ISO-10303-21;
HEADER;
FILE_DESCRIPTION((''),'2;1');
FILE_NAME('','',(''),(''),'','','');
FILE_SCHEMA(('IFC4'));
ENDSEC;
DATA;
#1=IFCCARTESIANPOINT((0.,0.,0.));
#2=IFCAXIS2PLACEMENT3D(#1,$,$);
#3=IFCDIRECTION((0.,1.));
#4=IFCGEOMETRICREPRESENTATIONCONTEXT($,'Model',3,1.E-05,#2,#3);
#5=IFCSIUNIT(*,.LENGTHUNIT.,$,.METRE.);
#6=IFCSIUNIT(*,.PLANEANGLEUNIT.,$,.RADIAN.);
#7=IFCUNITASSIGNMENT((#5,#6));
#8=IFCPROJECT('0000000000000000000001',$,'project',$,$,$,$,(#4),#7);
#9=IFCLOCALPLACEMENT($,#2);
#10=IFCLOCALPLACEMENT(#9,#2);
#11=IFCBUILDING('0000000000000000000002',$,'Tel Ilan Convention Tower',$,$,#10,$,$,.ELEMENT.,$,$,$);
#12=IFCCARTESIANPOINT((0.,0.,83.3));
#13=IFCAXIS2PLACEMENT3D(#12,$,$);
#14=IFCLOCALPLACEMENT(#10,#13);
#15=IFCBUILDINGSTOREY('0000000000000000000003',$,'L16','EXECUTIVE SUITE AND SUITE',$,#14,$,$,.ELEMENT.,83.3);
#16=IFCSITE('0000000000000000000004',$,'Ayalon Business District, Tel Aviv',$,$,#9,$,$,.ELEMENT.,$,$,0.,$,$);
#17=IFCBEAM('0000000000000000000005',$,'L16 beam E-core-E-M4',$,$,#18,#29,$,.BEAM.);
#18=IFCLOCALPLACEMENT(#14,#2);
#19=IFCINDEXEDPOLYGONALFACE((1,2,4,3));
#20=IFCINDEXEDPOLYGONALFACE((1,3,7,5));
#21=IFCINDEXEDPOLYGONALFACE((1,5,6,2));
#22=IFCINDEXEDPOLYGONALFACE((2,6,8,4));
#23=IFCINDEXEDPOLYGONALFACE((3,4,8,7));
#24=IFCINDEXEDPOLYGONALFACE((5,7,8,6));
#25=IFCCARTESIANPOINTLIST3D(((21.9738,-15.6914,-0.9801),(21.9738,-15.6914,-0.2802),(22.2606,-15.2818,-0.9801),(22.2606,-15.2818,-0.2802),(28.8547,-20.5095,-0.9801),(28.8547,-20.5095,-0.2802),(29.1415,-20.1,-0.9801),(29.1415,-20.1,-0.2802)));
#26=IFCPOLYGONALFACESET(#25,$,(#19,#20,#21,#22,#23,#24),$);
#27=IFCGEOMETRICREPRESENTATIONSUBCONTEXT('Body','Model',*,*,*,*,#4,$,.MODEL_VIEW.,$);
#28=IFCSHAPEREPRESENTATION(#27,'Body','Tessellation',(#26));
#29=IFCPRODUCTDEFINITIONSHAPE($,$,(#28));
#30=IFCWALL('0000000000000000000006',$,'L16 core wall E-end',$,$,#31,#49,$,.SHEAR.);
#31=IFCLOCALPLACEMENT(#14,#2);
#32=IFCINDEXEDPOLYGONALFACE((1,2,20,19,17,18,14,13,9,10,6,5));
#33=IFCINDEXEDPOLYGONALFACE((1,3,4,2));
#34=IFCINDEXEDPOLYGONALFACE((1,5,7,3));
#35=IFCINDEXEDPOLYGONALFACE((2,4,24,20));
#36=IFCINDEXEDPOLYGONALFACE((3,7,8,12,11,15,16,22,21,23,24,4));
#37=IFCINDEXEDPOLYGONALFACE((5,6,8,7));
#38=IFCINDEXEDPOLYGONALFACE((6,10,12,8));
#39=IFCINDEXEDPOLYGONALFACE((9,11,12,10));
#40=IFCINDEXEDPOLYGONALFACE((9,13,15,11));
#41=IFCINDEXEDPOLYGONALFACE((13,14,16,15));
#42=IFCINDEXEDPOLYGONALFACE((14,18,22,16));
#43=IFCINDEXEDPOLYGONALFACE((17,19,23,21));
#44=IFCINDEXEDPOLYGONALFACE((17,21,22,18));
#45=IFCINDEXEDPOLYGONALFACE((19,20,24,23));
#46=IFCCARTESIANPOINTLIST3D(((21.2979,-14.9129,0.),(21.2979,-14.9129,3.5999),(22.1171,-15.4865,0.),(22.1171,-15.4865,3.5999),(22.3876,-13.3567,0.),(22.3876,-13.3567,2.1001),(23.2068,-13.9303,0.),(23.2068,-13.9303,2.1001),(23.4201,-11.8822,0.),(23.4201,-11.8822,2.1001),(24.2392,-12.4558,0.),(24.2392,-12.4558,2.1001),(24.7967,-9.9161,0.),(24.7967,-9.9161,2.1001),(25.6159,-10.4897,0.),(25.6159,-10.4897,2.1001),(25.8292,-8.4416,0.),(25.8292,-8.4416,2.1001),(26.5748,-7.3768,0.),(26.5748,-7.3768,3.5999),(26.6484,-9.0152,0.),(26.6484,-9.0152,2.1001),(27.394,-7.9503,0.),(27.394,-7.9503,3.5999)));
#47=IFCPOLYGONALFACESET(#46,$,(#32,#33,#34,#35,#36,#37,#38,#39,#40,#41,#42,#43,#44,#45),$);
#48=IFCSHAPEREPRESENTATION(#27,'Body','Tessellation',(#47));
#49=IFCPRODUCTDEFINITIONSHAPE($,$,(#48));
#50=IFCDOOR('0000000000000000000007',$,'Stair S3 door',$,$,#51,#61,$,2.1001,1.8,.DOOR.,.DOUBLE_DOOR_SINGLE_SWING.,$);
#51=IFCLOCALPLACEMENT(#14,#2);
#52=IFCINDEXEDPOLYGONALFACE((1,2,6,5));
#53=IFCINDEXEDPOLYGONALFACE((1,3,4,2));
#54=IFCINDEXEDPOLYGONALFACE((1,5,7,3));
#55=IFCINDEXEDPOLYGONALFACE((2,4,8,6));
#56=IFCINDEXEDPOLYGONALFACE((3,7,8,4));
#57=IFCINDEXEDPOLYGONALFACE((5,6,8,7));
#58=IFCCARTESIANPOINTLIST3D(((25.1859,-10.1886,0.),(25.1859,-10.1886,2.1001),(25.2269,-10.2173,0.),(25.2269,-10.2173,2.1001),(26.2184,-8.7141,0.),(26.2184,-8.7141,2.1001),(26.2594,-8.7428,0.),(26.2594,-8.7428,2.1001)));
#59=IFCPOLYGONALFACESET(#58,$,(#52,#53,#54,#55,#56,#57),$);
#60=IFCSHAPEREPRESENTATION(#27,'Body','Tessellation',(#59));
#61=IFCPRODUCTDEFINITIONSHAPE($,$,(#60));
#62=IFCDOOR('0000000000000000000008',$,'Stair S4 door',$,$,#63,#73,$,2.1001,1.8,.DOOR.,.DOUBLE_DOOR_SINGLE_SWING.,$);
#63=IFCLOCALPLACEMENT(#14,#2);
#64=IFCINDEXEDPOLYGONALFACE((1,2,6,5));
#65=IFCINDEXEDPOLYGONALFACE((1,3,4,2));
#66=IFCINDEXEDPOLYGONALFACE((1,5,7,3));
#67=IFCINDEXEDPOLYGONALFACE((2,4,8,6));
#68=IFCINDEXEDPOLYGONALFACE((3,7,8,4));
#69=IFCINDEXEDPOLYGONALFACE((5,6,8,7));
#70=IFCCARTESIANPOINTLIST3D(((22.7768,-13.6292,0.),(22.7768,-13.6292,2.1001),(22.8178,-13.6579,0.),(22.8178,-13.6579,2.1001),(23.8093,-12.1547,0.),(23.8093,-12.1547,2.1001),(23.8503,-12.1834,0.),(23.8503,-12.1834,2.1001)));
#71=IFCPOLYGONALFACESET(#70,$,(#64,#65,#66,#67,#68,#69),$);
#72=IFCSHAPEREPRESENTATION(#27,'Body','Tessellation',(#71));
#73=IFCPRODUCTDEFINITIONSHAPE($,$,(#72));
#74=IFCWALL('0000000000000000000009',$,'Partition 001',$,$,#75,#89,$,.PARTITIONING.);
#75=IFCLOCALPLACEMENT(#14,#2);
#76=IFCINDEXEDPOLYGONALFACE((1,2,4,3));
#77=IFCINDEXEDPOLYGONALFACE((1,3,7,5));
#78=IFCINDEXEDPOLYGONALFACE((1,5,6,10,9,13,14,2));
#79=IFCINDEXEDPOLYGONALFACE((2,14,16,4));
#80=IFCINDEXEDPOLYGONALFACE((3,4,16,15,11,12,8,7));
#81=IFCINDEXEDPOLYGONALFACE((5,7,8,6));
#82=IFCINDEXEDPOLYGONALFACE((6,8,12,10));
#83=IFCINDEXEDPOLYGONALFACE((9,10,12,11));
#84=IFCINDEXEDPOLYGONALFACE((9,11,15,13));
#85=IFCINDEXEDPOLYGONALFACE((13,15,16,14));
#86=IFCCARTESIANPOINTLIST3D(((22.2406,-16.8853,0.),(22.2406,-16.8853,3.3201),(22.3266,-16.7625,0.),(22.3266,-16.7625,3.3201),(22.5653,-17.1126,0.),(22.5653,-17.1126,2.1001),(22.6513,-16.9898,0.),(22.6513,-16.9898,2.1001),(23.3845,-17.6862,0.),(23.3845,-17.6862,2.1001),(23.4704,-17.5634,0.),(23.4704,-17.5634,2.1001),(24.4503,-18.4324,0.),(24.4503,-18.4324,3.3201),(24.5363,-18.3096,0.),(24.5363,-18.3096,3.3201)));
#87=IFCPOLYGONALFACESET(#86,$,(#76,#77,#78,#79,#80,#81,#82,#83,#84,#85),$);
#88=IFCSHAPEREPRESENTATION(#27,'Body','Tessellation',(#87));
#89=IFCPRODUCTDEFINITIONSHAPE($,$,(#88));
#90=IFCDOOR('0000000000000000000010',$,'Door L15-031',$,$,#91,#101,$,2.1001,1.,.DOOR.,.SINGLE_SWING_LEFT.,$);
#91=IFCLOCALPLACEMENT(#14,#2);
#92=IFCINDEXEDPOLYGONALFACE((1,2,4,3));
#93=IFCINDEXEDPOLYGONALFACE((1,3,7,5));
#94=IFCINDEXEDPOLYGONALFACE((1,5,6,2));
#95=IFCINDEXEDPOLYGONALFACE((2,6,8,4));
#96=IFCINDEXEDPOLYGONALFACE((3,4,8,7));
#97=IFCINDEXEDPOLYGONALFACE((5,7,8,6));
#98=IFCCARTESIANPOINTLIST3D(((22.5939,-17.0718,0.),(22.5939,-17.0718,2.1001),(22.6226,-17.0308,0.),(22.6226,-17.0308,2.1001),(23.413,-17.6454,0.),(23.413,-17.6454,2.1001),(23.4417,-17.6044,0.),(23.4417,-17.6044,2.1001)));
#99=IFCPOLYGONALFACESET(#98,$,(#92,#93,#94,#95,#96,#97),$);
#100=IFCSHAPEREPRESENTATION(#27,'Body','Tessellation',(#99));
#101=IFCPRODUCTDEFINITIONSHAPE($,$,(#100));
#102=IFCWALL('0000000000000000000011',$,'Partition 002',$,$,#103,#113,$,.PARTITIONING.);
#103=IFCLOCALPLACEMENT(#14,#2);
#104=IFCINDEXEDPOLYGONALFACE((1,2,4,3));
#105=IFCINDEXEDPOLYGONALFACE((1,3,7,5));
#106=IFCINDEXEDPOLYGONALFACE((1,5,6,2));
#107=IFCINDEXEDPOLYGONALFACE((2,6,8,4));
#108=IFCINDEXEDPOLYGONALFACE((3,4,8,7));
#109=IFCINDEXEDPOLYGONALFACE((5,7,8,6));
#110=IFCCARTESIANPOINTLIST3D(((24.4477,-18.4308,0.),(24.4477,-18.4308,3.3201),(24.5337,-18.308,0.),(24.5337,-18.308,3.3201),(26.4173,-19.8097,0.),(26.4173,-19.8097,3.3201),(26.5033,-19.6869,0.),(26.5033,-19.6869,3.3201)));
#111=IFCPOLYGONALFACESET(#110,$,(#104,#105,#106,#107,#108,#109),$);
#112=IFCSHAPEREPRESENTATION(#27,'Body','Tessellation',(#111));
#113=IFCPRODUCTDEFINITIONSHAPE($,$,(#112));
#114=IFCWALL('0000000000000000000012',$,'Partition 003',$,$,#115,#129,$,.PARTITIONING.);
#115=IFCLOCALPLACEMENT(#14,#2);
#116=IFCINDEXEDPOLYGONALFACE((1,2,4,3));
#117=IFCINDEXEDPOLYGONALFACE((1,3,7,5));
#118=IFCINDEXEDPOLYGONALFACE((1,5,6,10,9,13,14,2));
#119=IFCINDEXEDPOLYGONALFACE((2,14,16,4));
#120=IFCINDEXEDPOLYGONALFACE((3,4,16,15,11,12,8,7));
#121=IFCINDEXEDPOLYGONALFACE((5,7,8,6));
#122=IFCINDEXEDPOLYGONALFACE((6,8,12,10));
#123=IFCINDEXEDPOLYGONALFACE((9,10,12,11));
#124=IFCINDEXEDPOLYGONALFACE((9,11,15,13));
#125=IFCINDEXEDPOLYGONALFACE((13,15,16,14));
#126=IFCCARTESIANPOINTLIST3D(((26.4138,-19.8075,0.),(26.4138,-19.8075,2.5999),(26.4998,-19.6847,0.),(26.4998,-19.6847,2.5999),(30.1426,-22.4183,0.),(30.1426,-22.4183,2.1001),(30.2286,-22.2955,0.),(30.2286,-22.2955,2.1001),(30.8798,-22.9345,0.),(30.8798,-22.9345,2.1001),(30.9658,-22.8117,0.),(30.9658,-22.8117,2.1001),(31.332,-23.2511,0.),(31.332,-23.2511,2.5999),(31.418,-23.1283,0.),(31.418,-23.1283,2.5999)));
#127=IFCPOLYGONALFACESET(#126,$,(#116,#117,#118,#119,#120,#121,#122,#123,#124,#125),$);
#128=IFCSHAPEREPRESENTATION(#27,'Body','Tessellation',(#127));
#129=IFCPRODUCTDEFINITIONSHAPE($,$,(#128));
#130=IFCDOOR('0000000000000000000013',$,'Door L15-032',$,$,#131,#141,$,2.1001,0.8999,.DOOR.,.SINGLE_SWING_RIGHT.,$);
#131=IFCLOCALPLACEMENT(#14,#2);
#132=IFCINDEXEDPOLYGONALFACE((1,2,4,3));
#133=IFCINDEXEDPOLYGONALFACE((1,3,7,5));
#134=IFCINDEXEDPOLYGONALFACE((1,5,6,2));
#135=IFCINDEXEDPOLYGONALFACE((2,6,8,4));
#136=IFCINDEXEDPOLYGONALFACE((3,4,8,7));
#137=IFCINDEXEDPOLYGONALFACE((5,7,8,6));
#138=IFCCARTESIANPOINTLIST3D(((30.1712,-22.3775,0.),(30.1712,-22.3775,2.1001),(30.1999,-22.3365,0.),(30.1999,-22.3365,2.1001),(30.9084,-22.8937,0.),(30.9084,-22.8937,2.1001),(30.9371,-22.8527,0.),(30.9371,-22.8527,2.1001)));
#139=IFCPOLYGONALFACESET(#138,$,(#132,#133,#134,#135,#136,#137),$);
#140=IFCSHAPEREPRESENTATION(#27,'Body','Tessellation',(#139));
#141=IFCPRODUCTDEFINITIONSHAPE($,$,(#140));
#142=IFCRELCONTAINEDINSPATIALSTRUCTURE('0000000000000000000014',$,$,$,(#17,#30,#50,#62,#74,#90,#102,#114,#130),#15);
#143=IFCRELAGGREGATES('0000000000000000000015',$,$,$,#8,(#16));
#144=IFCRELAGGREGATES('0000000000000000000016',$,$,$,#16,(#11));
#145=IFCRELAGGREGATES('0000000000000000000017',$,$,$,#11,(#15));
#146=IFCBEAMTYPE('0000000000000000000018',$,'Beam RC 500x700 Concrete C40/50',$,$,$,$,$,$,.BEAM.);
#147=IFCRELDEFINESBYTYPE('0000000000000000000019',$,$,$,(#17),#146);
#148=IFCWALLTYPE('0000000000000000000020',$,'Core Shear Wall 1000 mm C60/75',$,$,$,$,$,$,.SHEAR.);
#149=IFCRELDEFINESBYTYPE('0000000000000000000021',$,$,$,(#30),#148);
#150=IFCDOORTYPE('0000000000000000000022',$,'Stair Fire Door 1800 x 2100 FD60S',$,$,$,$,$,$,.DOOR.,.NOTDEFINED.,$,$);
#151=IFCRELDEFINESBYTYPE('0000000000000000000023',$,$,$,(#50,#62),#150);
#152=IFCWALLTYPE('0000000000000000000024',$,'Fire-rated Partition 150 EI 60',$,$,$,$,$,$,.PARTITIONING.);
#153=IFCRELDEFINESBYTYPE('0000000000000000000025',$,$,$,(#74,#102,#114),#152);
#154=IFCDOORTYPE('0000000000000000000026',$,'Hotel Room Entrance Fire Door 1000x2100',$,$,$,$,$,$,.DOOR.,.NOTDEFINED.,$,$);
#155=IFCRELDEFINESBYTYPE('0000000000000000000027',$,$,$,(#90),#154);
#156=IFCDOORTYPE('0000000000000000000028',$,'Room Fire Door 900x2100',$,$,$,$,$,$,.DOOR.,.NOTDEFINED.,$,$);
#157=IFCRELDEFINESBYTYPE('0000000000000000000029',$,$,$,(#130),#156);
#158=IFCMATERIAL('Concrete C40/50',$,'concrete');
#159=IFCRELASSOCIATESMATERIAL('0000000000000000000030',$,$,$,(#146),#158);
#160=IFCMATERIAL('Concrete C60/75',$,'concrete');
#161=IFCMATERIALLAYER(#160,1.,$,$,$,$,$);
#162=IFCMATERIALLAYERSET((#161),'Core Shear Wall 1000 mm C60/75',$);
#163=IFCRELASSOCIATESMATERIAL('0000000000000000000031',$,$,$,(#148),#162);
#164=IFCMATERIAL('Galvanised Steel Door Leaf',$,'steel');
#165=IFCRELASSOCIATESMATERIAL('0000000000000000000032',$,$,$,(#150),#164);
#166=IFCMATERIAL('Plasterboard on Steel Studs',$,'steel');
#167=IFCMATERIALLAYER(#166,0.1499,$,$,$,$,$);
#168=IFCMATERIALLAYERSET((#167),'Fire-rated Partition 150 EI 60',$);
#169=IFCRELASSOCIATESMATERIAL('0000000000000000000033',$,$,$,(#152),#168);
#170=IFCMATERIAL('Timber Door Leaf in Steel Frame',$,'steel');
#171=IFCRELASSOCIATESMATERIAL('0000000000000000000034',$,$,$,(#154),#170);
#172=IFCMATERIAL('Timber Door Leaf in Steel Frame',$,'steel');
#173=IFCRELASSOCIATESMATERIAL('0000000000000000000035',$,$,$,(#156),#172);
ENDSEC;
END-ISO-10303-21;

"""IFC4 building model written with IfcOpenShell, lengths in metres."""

from ifc_helpers import new_model, si_unit, direction, frame, frame_2d, origin, origin_2d, place, context, subcontext, project, spatial, polyline, rectangle, outline, extrude, material, layer, layer_set, material_profile, profile_set, type_object, element, fill, save


model = new_model("IFC4")

# Units and contexts
model_context = context("Model", 3, precision=1e-05, world=origin(), true_north=direction((0.0, 1.0)))
body_context = subcontext(model_context, "Body", "Model", "MODEL_VIEW")
ifc_project = project(units=[si_unit("LENGTHUNIT", "METRE"), si_unit("PLANEANGLEUNIT", "RADIAN")], contexts=[model_context])

# Site, building, storey
site_placement = place(None, origin())
site = spatial("IfcSite", under=ifc_project, at=site_placement, Name="Ayalon Business District, Tel Aviv", CompositionType="ELEMENT", RefElevation=0.0)
building_placement = place(site_placement, origin())
building = spatial("IfcBuilding", under=site, at=building_placement, Name="Tel Ilan Convention Tower", CompositionType="ELEMENT")
storey_placement = place(building_placement, frame((0.0, 0.0, 83.3)))
storey = spatial("IfcBuildingStorey", under=building, at=storey_placement, Name="L16", Description="EXECUTIVE SUITE AND SUITE", CompositionType="ELEMENT", Elevation=83.3)

# Beam
ifc_material_1 = material(Name="Concrete C40/50", Category="concrete")
ifc_material_profile = material_profile(ifc_material_1, rectangle(XDim=0.5, YDim=0.7, at=origin_2d()), Name="RC 500x700")
ifc_profile_set = profile_set([ifc_material_profile], Name="Concrete C40/50")
beam_type = type_object("IfcBeamType", Name="Beam RC 500x700 Concrete C40/50", PredefinedType="BEAM", material=ifc_profile_set)
beam_placement = place(storey_placement, frame((22.1172, -15.4866, -0.6301), z_axis=(0.819147, -0.573583, 0.0), x_axis=(0.573583, 0.819147, 0.0)))
element("IfcBeam", 1, at=beam_placement, inside=storey, type_object=beam_type, Name="L16 beam E-core-E-M4", PredefinedType="BEAM", context=body_context, shape_type="SweptSolid", body=[
    extrude(rectangle(XDim=0.5, YDim=0.7, at=origin_2d()), origin(), (0.0, 0.0, 1.0), 8.4001),
])

# Wall, openings, doors
ifc_material_2 = material(Name="Concrete C60/75", Category="concrete")
ifc_layer_1 = layer(ifc_material_2, 1.0)
ifc_layer_set_1 = layer_set([ifc_layer_1], Name="Core Shear Wall 1000 mm C60/75")
wall_type_1 = type_object("IfcWallType", Name="Core Shear Wall 1000 mm C60/75", PredefinedType="SHEAR", material=ifc_layer_set_1)
wall_1_placement = place(storey_placement, frame((21.7075, -15.1997, 0.0), z_axis=(0.0, 0.0, 1.0), x_axis=(0.573576, 0.819152, 0.0)))
wall_1 = element("IfcWall", 2, at=wall_1_placement, inside=storey, type_object=wall_type_1, Name="L16 core wall E-end", PredefinedType="SHEAR", context=body_context, shape_type="SweptSolid", body=[
    extrude(outline(polyline([(9.2, 0.5), (0.0, 0.5), (0.0, -0.5), (9.2, -0.5), (9.2, 0.5)])), origin(), (0.0, 0.0, 1.0), 3.5999),
])
opening_1_placement = place(wall_1_placement, frame((6.1001, 0.0, 0.0)))
opening_1 = element("IfcOpeningElement", 3, at=opening_1_placement, cuts=wall_1, PredefinedType="OPENING", context=body_context, shape_type="SweptSolid", body=[
    extrude(rectangle(XDim=1.8, YDim=2.1001, at=frame_2d((0.8999, 1.05))), frame((0.0, 0.51, 0.0), z_axis=(0.0, -1.0, 0.0), x_axis=(1.0, 0.0, 0.0)), (0.0, 0.0, 1.0), 1.02),
])
opening_2_placement = place(wall_1_placement, frame((1.8999, 0.0, 0.0)))
opening_2 = element("IfcOpeningElement", 4, at=opening_2_placement, cuts=wall_1, PredefinedType="OPENING", context=body_context, shape_type="SweptSolid", body=[
    extrude(rectangle(XDim=1.8, YDim=2.1001, at=frame_2d((0.8999, 1.05))), frame((0.0, 0.51, 0.0), z_axis=(0.0, -1.0, 0.0), x_axis=(1.0, 0.0, 0.0)), (0.0, 0.0, 1.0), 1.02),
])
ifc_material_3 = material(Name="Galvanised Steel Door Leaf", Category="steel")
door_type_1 = type_object("IfcDoorType", Name="Stair Fire Door 1800 x 2100 FD60S", OperationType="NOTDEFINED", PredefinedType="DOOR", material=ifc_material_3)
door_1_placement = place(opening_1_placement, origin())
door_1 = element("IfcDoor", 5, at=door_1_placement, inside=storey, type_object=door_type_1, Name="Stair S3 door", OperationType="DOUBLE_DOOR_SINGLE_SWING", OverallHeight=2.1001, OverallWidth=1.8, PredefinedType="DOOR", context=body_context, shape_type="SweptSolid", body=[
    extrude(rectangle(XDim=1.8, YDim=2.1001, at=frame_2d((0.8999, 1.05))), frame((0.0, 0.0249, 0.0), z_axis=(0.0, -1.0, 0.0), x_axis=(1.0, 0.0, 0.0)), (0.0, 0.0, 1.0), 0.05),
])
fill(opening_1, door_1)
door_2_placement = place(opening_2_placement, origin())
door_2 = element("IfcDoor", 6, at=door_2_placement, inside=storey, type_object=door_type_1, Name="Stair S4 door", OperationType="DOUBLE_DOOR_SINGLE_SWING", OverallHeight=2.1001, OverallWidth=1.8, PredefinedType="DOOR", context=body_context, shape_type="SweptSolid", body=[
    extrude(rectangle(XDim=1.8, YDim=2.1001, at=frame_2d((0.8999, 1.05))), frame((0.0, 0.0249, 0.0), z_axis=(0.0, -1.0, 0.0), x_axis=(1.0, 0.0, 0.0)), (0.0, 0.0, 1.0), 0.05),
])
fill(opening_2, door_2)

# Wall, opening, door
ifc_material_4 = material(Name="Plasterboard on Steel Studs", Category="steel")
ifc_layer_2 = layer(ifc_material_4, 0.1499)
ifc_layer_set_2 = layer_set([ifc_layer_2], Name="Fire-rated Partition 150 EI 60")
wall_type_2 = type_object("IfcWallType", Name="Fire-rated Partition 150 EI 60", PredefinedType="PARTITIONING", material=ifc_layer_set_2)
wall_2_placement = place(storey_placement, frame((22.2837, -16.824, 0.0), z_axis=(0.0, 0.0, 1.0), x_axis=(0.819177, -0.573541, 0.0)))
wall_2 = element("IfcWall", 7, at=wall_2_placement, inside=storey, type_object=wall_type_2, Name="Partition 001", PredefinedType="PARTITIONING", context=body_context, shape_type="SweptSolid", body=[
    extrude(rectangle(XDim=2.6975, YDim=0.1499, at=frame_2d((1.3486, 0.0))), origin(), (0.0, 0.0, 1.0), 3.3201),
])
opening_3_placement = place(wall_2_placement, frame((0.3962, 0.0, 0.0)))
opening_3 = element("IfcOpeningElement", 8, at=opening_3_placement, cuts=wall_2, PredefinedType="OPENING", context=body_context, shape_type="SweptSolid", body=[
    extrude(rectangle(XDim=1.0, YDim=2.1001, at=frame_2d((0.5, 1.05))), frame((0.0, 0.085, 0.0), z_axis=(0.0, -1.0, 0.0), x_axis=(1.0, 0.0, 0.0)), (0.0, 0.0, 1.0), 0.1699),
])
ifc_material_5 = material(Name="Timber Door Leaf in Steel Frame", Category="steel")
door_type_2 = type_object("IfcDoorType", Name="Hotel Room Entrance Fire Door 1000x2100", OperationType="NOTDEFINED", PredefinedType="DOOR", material=ifc_material_5)
door_3_placement = place(opening_3_placement, origin())
door_3 = element("IfcDoor", 9, at=door_3_placement, inside=storey, type_object=door_type_2, Name="Door L15-031", OperationType="SINGLE_SWING_LEFT", OverallHeight=2.1001, OverallWidth=1.0, PredefinedType="DOOR", context=body_context, shape_type="SweptSolid", body=[
    extrude(rectangle(XDim=1.0, YDim=2.1001, at=frame_2d((0.5, 1.05))), frame((0.0, 0.0249, 0.0), z_axis=(0.0, -1.0, 0.0), x_axis=(1.0, 0.0, 0.0)), (0.0, 0.0, 1.0), 0.05),
])
fill(opening_3, door_3)

# Wall
wall_3_placement = place(storey_placement, frame((24.4907, -18.3694, 0.0), z_axis=(0.0, 0.0, 1.0), x_axis=(0.819179, -0.573537, 0.0)))
element("IfcWall", 10, at=wall_3_placement, inside=storey, type_object=wall_type_2, Name="Partition 002", PredefinedType="PARTITIONING", context=body_context, shape_type="SweptSolid", body=[
    extrude(rectangle(XDim=2.4043, YDim=0.1499, at=frame_2d((1.2021, 0.0))), origin(), (0.0, 0.0, 1.0), 3.3201),
])

# Wall, opening, door
wall_4_placement = place(storey_placement, frame((26.4568, -19.7461, 0.0), z_axis=(0.0, 0.0, 1.0), x_axis=(0.819165, -0.573558, 0.0)))
wall_4 = element("IfcWall", 11, at=wall_4_placement, inside=storey, type_object=wall_type_2, Name="Partition 003", PredefinedType="PARTITIONING", context=body_context, shape_type="SweptSolid", body=[
    extrude(rectangle(XDim=6.0039, YDim=0.1499, at=frame_2d((3.002, 0.0))), origin(), (0.0, 0.0, 1.0), 2.5999),
])
opening_4_placement = place(wall_4_placement, frame((4.552, 0.0, 0.0)))
opening_4 = element("IfcOpeningElement", 12, at=opening_4_placement, cuts=wall_4, PredefinedType="OPENING", context=body_context, shape_type="SweptSolid", body=[
    extrude(rectangle(XDim=0.8999, YDim=2.1001, at=frame_2d((0.45, 1.05))), frame((0.0, 0.085, 0.0), z_axis=(0.0, -1.0, 0.0), x_axis=(1.0, 0.0, 0.0)), (0.0, 0.0, 1.0), 0.1699),
])
ifc_material_6 = material(Name="Timber Door Leaf in Steel Frame", Category="steel")
door_type_3 = type_object("IfcDoorType", Name="Room Fire Door 900x2100", OperationType="NOTDEFINED", PredefinedType="DOOR", material=ifc_material_6)
door_4_placement = place(opening_4_placement, origin())
door_4 = element("IfcDoor", 13, at=door_4_placement, inside=storey, type_object=door_type_3, Name="Door L15-032", OperationType="SINGLE_SWING_RIGHT", OverallHeight=2.1001, OverallWidth=0.8999, PredefinedType="DOOR", context=body_context, shape_type="SweptSolid", body=[
    extrude(rectangle(XDim=0.8999, YDim=2.1001, at=frame_2d((0.45, 1.05))), frame((0.0, 0.0249, 0.0), z_axis=(0.0, -1.0, 0.0), x_axis=(1.0, 0.0, 0.0)), (0.0, 0.0, 1.0), 0.05),
])
fill(opening_4, door_4)

save(model, "model.ifc")
